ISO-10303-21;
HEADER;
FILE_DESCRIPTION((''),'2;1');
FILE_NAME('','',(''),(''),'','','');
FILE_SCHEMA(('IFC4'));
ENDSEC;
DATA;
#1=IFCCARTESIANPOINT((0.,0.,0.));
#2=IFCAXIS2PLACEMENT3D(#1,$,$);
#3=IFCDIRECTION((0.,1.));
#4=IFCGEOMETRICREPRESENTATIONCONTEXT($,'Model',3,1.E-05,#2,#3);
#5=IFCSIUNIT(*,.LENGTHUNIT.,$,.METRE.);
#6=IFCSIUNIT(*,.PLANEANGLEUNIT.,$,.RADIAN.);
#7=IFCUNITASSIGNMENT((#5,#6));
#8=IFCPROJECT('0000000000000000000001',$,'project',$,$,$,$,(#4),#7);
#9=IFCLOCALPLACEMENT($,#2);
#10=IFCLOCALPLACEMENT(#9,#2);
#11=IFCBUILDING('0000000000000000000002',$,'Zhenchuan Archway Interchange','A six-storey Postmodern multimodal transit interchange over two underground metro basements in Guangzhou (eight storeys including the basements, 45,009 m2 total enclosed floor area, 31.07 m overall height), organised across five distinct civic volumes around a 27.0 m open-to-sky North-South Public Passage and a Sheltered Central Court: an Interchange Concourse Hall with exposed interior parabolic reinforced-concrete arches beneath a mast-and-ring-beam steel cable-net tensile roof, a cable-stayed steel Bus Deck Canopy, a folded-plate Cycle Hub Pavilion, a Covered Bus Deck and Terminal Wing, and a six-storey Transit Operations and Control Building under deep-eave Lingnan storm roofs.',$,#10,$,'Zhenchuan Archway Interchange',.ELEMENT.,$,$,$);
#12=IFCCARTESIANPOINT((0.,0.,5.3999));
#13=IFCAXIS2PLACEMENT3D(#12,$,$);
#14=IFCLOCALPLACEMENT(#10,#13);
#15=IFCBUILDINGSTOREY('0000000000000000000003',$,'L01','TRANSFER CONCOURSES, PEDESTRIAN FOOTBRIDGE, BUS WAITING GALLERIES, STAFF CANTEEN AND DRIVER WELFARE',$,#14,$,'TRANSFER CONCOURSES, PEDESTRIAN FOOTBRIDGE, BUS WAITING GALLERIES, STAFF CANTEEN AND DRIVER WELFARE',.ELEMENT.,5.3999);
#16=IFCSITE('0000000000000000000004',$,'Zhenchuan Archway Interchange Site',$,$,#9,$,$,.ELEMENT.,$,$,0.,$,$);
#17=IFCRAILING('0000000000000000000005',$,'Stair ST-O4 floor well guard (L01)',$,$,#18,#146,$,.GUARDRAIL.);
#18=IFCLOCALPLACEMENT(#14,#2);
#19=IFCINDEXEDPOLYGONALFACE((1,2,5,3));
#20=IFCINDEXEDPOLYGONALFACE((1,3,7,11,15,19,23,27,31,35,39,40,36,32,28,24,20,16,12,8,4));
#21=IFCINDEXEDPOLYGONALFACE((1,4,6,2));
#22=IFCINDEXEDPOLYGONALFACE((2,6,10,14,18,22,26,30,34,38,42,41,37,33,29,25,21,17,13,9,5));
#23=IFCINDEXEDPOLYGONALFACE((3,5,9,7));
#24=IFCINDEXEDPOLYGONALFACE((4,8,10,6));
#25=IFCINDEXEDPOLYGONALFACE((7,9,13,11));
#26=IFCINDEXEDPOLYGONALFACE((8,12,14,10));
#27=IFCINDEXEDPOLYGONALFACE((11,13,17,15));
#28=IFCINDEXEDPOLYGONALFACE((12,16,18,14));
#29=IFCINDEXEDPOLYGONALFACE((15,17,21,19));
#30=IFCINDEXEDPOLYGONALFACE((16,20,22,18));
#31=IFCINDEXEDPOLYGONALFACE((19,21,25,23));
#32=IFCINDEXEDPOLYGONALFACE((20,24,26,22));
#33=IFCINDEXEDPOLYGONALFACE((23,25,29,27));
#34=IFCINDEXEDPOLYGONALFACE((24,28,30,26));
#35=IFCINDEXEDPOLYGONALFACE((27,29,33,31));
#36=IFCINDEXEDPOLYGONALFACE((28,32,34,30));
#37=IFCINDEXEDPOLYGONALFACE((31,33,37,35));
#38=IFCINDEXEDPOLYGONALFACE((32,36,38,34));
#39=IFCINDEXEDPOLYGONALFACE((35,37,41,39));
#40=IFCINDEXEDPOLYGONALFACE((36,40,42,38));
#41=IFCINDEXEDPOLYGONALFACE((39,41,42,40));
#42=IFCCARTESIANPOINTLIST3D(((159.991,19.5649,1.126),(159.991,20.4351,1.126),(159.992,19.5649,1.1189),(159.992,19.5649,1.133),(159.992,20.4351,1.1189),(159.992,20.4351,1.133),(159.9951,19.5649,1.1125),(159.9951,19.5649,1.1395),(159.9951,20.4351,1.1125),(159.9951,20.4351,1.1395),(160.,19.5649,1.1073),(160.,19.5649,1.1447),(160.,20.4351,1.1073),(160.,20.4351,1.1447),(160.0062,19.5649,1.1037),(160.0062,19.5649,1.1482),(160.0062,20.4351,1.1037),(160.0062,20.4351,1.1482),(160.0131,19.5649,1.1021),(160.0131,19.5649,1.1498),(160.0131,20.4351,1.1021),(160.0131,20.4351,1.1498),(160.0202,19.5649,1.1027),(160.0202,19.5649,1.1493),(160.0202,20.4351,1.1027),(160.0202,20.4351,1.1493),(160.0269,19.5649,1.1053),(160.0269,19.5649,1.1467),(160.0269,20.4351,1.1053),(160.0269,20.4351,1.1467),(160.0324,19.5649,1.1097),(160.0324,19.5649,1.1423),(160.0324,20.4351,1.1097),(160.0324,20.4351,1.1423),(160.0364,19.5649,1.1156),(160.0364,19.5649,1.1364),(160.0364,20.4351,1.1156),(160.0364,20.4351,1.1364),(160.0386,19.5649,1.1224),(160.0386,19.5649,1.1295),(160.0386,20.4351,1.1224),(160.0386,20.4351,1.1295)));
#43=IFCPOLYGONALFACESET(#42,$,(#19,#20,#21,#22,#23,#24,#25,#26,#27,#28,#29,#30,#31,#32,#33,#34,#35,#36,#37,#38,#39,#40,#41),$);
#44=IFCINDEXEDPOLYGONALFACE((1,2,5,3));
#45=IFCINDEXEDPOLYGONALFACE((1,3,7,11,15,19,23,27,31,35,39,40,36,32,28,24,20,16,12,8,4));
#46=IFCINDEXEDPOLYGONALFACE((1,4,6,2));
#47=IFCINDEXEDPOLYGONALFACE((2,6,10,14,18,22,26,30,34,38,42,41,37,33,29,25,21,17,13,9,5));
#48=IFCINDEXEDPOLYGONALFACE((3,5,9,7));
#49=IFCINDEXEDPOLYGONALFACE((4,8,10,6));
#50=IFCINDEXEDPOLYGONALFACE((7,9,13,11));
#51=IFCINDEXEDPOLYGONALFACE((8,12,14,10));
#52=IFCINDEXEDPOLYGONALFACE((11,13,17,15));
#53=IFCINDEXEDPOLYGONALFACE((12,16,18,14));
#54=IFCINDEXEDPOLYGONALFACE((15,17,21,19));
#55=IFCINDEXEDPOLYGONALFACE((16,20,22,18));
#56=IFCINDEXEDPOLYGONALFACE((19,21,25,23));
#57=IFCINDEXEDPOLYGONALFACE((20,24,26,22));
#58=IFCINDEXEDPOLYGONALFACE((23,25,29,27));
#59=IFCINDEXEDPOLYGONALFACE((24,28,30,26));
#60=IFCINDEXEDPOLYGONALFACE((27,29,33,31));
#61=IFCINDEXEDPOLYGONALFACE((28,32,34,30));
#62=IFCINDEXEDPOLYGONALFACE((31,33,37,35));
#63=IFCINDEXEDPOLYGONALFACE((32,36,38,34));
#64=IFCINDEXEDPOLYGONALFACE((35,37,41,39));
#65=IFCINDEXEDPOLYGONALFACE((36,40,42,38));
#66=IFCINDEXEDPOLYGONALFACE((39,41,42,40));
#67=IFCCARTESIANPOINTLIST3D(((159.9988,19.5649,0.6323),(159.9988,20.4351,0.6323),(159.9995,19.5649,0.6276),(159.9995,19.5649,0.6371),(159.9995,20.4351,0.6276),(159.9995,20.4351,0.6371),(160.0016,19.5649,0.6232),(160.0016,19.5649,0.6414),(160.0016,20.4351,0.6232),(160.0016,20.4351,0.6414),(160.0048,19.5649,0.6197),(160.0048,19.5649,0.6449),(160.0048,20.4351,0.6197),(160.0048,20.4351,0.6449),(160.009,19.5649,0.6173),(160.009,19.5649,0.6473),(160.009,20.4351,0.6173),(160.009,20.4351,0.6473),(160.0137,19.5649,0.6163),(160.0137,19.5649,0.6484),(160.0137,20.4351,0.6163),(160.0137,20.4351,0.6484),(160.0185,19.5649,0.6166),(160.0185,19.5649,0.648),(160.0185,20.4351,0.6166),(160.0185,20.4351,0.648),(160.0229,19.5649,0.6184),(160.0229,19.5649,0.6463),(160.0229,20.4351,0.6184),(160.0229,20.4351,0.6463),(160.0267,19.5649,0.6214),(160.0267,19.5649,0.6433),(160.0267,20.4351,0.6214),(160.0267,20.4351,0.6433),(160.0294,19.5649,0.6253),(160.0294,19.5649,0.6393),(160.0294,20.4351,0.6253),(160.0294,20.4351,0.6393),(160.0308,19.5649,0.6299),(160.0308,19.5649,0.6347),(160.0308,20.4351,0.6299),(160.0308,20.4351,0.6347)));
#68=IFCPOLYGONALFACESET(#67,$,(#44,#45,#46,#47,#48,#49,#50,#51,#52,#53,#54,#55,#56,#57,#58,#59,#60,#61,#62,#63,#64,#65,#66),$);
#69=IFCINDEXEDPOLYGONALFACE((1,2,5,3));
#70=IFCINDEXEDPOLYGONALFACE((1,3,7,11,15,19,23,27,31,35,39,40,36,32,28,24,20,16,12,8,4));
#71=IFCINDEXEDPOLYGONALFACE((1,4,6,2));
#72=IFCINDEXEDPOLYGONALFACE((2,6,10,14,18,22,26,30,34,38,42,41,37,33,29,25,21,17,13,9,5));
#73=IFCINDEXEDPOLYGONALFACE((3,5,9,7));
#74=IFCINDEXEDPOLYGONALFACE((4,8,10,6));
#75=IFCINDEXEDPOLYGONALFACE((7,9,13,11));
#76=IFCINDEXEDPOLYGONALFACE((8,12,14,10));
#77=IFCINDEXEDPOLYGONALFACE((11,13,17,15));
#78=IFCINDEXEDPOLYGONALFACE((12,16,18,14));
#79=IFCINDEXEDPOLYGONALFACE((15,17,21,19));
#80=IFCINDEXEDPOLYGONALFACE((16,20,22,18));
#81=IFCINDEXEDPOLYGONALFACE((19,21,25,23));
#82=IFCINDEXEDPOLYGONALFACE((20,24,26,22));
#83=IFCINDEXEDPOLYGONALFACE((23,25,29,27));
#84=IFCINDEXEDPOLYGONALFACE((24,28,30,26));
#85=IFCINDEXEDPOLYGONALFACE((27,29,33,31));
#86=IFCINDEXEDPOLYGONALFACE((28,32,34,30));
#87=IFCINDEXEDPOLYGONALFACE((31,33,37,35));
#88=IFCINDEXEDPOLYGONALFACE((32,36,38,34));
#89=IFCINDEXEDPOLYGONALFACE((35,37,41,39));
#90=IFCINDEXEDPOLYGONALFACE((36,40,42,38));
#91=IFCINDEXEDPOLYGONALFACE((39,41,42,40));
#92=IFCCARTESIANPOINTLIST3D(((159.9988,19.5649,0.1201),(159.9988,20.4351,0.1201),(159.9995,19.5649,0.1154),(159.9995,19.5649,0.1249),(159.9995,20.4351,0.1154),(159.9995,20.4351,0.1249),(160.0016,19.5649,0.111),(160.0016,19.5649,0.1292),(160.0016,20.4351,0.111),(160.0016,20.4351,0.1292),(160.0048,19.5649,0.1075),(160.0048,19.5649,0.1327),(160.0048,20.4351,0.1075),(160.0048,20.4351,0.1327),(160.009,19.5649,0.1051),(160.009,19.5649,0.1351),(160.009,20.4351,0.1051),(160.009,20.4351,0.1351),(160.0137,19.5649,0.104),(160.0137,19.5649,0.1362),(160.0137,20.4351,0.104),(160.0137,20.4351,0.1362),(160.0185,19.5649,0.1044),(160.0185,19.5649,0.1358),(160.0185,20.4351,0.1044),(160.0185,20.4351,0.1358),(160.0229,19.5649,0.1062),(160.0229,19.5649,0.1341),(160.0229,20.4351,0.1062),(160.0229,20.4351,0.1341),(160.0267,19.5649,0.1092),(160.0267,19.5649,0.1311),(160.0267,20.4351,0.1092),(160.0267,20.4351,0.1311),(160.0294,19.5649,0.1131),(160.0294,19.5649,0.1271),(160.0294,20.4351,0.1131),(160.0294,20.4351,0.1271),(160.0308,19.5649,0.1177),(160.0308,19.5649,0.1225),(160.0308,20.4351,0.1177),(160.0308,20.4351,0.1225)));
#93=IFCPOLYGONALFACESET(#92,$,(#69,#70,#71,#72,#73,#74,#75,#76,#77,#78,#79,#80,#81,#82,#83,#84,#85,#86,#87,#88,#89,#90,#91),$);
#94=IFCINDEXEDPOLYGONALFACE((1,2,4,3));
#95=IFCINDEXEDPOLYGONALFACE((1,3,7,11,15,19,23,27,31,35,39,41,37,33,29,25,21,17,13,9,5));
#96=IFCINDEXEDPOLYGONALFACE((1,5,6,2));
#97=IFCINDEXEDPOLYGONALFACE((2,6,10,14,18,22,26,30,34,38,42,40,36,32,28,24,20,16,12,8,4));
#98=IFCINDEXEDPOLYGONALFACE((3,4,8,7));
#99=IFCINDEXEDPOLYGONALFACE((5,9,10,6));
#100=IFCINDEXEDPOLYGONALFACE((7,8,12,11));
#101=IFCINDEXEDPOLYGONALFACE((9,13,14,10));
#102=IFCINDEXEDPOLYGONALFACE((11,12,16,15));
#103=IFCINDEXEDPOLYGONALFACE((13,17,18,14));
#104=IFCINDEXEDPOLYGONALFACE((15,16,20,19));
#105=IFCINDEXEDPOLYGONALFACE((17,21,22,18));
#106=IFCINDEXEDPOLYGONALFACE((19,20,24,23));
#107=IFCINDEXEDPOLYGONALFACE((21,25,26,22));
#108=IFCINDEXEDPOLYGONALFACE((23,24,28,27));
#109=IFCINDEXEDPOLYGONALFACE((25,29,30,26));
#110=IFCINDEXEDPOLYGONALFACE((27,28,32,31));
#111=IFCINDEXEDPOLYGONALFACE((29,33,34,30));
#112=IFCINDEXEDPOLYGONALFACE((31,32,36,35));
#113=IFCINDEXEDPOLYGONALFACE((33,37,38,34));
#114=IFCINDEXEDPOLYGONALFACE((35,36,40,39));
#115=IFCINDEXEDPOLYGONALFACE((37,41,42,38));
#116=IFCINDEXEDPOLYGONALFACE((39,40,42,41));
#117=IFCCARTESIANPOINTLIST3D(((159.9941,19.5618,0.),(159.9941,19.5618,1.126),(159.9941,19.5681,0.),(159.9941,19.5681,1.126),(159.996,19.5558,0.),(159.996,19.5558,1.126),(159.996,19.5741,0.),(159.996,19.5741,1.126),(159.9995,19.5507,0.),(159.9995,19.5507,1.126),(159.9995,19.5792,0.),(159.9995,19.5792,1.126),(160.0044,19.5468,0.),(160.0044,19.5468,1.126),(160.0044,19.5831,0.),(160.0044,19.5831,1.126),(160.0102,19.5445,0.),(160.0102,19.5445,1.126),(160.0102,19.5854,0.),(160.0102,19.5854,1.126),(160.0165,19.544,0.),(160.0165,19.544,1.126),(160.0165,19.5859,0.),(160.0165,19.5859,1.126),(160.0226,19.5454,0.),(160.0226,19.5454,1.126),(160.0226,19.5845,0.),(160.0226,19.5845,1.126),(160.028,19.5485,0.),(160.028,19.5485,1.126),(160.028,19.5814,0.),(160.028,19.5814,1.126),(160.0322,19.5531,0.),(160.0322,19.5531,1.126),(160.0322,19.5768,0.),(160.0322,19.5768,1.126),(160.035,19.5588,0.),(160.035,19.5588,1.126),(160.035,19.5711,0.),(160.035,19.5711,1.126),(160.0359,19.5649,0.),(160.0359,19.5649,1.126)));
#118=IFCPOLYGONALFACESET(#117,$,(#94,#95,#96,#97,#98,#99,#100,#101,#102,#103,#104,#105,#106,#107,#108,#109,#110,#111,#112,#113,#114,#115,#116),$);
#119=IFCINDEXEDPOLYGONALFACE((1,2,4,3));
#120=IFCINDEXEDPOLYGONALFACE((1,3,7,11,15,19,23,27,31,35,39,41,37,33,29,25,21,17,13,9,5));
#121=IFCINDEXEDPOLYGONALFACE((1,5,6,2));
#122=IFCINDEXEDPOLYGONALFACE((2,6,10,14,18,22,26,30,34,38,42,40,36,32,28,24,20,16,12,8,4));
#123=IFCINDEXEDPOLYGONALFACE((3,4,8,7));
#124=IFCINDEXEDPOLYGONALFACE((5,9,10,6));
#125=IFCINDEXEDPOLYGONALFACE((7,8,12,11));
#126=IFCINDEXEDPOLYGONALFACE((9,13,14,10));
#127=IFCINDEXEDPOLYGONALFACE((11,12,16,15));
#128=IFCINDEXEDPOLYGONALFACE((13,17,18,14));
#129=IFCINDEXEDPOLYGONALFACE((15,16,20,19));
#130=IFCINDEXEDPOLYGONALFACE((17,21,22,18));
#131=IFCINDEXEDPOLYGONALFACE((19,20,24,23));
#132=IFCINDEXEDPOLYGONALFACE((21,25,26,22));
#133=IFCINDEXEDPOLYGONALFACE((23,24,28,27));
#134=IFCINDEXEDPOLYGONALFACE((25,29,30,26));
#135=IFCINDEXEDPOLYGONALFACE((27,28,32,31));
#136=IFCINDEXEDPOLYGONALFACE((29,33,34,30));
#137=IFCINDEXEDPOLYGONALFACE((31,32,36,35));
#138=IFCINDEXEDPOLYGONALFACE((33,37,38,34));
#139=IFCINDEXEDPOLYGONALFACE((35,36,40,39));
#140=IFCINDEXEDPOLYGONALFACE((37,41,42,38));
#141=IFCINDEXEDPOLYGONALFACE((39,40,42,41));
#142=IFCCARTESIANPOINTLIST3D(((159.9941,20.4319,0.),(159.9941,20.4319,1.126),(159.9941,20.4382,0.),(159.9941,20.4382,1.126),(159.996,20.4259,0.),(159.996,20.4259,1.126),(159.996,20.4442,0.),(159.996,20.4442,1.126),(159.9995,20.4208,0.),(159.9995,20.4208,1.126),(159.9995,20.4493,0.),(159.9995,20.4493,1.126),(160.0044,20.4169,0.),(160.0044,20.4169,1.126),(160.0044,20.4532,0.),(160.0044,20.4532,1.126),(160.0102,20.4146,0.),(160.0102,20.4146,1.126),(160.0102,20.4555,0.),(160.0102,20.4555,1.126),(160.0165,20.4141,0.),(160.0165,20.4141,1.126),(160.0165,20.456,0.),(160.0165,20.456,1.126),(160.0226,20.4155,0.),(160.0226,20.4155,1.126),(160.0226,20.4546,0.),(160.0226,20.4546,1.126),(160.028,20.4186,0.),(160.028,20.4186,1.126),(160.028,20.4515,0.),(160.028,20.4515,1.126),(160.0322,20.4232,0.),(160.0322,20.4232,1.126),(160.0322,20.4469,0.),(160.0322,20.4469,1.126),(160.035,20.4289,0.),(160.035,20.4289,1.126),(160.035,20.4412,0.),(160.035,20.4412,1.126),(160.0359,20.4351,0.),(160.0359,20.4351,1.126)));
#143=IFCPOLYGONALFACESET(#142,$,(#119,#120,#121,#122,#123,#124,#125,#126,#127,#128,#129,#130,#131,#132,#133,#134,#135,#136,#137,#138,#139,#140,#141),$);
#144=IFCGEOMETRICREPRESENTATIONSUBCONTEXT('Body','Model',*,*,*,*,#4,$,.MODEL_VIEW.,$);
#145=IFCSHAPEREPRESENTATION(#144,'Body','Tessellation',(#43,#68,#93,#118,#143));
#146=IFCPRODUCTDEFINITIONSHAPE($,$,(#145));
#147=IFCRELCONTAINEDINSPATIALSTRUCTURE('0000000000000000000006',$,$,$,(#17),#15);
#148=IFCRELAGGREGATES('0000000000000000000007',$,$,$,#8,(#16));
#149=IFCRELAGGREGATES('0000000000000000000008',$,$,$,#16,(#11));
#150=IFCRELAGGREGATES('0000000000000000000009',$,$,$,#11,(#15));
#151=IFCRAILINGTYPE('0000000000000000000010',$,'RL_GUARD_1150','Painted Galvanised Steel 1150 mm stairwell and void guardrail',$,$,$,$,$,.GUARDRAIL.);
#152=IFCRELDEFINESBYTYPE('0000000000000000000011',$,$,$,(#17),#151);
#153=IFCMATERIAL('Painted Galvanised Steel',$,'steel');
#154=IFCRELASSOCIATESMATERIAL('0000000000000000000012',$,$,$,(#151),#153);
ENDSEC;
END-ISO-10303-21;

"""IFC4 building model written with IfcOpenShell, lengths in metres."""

from ifc_helpers import new_model, si_unit, direction, frame, origin, origin_2d, place, context, subcontext, project, spatial, circle, extrude, material, type_object, element, save


model = new_model("IFC4")

# Units and contexts
model_context = context("Model", 3, precision=1e-05, world=origin(), true_north=direction((0.0, 1.0)))
body_context = subcontext(model_context, "Body", "Model", "MODEL_VIEW")
ifc_project = project(units=[si_unit("LENGTHUNIT", "METRE"), si_unit("PLANEANGLEUNIT", "RADIAN")], contexts=[model_context])

# Site, building, storey
site_placement = place(None, origin())
site = spatial("IfcSite", under=ifc_project, at=site_placement, Name="Zhenchuan Archway Interchange Site", CompositionType="ELEMENT", RefElevation=0.0)
building_placement = place(site_placement, origin())
building = spatial("IfcBuilding", under=site, at=building_placement, Name="Zhenchuan Archway Interchange", Description="A six-storey Postmodern multimodal transit interchange over two underground metro basements in Guangzhou (eight storeys including the basements, 45,009 m2 total enclosed floor area, 31.07 m overall height), organised across five distinct civic volumes around a 27.0 m open-to-sky North-South Public Passage and a Sheltered Central Court: an Interchange Concourse Hall with exposed interior parabolic reinforced-concrete arches beneath a mast-and-ring-beam steel cable-net tensile roof, a cable-stayed steel Bus Deck Canopy, a folded-plate Cycle Hub Pavilion, a Covered Bus Deck and Terminal Wing, and a six-storey Transit Operations and Control Building under deep-eave Lingnan storm roofs.", LongName="Zhenchuan Archway Interchange", CompositionType="ELEMENT")
storey_placement = place(building_placement, frame((0.0, 0.0, 5.3999)))
storey = spatial("IfcBuildingStorey", under=building, at=storey_placement, Name="L01", Description="TRANSFER CONCOURSES, PEDESTRIAN FOOTBRIDGE, BUS WAITING GALLERIES, STAFF CANTEEN AND DRIVER WELFARE", LongName="TRANSFER CONCOURSES, PEDESTRIAN FOOTBRIDGE, BUS WAITING GALLERIES, STAFF CANTEEN AND DRIVER WELFARE", CompositionType="ELEMENT", Elevation=5.3999)

# Shared definitions
ifc_material_1 = material(Name="Painted Galvanised Steel", Category="steel")

# Railing
railing_type = type_object("IfcRailingType", Name="RL_GUARD_1150", Description="Painted Galvanised Steel 1150 mm stairwell and void guardrail", PredefinedType="GUARDRAIL", material=ifc_material_1)
railing_placement = place(storey_placement, frame((160.0149, 19.5649, 0.0)))
element("IfcRailing", 1, at=railing_placement, inside=storey, type_object=railing_type, Name="Stair ST-O4 floor well guard (L01)", PredefinedType="GUARDRAIL", context=body_context, shape_type="SweptSolid", body=[
    extrude(circle(Radius=0.0239, at=origin_2d()), frame((0.0, 0.0, 1.126), z_axis=(0.0, 1.0, 0.0), x_axis=(-1.0, 0.0, 0.0)), (0.0, 0.0, 1.0), 0.8701),
    extrude(circle(Radius=0.0161, at=origin_2d()), frame((0.0, 0.0, 0.6323), z_axis=(0.0, 1.0, 0.0), x_axis=(-1.0, 0.0, 0.0)), (0.0, 0.0, 1.0), 0.8701),
    extrude(circle(Radius=0.0161, at=origin_2d()), frame((0.0, 0.0, 0.1201), z_axis=(0.0, 1.0, 0.0), x_axis=(-1.0, 0.0, 0.0)), (0.0, 0.0, 1.0), 0.8701),
    extrude(circle(Radius=0.021, at=origin_2d()), origin(), (0.0, 0.0, 1.0), 1.126),
    extrude(circle(Radius=0.021, at=origin_2d()), frame((0.0, 0.8701, 0.0)), (0.0, 0.0, 1.0), 1.126),
])

save(model, "model.ifc")
